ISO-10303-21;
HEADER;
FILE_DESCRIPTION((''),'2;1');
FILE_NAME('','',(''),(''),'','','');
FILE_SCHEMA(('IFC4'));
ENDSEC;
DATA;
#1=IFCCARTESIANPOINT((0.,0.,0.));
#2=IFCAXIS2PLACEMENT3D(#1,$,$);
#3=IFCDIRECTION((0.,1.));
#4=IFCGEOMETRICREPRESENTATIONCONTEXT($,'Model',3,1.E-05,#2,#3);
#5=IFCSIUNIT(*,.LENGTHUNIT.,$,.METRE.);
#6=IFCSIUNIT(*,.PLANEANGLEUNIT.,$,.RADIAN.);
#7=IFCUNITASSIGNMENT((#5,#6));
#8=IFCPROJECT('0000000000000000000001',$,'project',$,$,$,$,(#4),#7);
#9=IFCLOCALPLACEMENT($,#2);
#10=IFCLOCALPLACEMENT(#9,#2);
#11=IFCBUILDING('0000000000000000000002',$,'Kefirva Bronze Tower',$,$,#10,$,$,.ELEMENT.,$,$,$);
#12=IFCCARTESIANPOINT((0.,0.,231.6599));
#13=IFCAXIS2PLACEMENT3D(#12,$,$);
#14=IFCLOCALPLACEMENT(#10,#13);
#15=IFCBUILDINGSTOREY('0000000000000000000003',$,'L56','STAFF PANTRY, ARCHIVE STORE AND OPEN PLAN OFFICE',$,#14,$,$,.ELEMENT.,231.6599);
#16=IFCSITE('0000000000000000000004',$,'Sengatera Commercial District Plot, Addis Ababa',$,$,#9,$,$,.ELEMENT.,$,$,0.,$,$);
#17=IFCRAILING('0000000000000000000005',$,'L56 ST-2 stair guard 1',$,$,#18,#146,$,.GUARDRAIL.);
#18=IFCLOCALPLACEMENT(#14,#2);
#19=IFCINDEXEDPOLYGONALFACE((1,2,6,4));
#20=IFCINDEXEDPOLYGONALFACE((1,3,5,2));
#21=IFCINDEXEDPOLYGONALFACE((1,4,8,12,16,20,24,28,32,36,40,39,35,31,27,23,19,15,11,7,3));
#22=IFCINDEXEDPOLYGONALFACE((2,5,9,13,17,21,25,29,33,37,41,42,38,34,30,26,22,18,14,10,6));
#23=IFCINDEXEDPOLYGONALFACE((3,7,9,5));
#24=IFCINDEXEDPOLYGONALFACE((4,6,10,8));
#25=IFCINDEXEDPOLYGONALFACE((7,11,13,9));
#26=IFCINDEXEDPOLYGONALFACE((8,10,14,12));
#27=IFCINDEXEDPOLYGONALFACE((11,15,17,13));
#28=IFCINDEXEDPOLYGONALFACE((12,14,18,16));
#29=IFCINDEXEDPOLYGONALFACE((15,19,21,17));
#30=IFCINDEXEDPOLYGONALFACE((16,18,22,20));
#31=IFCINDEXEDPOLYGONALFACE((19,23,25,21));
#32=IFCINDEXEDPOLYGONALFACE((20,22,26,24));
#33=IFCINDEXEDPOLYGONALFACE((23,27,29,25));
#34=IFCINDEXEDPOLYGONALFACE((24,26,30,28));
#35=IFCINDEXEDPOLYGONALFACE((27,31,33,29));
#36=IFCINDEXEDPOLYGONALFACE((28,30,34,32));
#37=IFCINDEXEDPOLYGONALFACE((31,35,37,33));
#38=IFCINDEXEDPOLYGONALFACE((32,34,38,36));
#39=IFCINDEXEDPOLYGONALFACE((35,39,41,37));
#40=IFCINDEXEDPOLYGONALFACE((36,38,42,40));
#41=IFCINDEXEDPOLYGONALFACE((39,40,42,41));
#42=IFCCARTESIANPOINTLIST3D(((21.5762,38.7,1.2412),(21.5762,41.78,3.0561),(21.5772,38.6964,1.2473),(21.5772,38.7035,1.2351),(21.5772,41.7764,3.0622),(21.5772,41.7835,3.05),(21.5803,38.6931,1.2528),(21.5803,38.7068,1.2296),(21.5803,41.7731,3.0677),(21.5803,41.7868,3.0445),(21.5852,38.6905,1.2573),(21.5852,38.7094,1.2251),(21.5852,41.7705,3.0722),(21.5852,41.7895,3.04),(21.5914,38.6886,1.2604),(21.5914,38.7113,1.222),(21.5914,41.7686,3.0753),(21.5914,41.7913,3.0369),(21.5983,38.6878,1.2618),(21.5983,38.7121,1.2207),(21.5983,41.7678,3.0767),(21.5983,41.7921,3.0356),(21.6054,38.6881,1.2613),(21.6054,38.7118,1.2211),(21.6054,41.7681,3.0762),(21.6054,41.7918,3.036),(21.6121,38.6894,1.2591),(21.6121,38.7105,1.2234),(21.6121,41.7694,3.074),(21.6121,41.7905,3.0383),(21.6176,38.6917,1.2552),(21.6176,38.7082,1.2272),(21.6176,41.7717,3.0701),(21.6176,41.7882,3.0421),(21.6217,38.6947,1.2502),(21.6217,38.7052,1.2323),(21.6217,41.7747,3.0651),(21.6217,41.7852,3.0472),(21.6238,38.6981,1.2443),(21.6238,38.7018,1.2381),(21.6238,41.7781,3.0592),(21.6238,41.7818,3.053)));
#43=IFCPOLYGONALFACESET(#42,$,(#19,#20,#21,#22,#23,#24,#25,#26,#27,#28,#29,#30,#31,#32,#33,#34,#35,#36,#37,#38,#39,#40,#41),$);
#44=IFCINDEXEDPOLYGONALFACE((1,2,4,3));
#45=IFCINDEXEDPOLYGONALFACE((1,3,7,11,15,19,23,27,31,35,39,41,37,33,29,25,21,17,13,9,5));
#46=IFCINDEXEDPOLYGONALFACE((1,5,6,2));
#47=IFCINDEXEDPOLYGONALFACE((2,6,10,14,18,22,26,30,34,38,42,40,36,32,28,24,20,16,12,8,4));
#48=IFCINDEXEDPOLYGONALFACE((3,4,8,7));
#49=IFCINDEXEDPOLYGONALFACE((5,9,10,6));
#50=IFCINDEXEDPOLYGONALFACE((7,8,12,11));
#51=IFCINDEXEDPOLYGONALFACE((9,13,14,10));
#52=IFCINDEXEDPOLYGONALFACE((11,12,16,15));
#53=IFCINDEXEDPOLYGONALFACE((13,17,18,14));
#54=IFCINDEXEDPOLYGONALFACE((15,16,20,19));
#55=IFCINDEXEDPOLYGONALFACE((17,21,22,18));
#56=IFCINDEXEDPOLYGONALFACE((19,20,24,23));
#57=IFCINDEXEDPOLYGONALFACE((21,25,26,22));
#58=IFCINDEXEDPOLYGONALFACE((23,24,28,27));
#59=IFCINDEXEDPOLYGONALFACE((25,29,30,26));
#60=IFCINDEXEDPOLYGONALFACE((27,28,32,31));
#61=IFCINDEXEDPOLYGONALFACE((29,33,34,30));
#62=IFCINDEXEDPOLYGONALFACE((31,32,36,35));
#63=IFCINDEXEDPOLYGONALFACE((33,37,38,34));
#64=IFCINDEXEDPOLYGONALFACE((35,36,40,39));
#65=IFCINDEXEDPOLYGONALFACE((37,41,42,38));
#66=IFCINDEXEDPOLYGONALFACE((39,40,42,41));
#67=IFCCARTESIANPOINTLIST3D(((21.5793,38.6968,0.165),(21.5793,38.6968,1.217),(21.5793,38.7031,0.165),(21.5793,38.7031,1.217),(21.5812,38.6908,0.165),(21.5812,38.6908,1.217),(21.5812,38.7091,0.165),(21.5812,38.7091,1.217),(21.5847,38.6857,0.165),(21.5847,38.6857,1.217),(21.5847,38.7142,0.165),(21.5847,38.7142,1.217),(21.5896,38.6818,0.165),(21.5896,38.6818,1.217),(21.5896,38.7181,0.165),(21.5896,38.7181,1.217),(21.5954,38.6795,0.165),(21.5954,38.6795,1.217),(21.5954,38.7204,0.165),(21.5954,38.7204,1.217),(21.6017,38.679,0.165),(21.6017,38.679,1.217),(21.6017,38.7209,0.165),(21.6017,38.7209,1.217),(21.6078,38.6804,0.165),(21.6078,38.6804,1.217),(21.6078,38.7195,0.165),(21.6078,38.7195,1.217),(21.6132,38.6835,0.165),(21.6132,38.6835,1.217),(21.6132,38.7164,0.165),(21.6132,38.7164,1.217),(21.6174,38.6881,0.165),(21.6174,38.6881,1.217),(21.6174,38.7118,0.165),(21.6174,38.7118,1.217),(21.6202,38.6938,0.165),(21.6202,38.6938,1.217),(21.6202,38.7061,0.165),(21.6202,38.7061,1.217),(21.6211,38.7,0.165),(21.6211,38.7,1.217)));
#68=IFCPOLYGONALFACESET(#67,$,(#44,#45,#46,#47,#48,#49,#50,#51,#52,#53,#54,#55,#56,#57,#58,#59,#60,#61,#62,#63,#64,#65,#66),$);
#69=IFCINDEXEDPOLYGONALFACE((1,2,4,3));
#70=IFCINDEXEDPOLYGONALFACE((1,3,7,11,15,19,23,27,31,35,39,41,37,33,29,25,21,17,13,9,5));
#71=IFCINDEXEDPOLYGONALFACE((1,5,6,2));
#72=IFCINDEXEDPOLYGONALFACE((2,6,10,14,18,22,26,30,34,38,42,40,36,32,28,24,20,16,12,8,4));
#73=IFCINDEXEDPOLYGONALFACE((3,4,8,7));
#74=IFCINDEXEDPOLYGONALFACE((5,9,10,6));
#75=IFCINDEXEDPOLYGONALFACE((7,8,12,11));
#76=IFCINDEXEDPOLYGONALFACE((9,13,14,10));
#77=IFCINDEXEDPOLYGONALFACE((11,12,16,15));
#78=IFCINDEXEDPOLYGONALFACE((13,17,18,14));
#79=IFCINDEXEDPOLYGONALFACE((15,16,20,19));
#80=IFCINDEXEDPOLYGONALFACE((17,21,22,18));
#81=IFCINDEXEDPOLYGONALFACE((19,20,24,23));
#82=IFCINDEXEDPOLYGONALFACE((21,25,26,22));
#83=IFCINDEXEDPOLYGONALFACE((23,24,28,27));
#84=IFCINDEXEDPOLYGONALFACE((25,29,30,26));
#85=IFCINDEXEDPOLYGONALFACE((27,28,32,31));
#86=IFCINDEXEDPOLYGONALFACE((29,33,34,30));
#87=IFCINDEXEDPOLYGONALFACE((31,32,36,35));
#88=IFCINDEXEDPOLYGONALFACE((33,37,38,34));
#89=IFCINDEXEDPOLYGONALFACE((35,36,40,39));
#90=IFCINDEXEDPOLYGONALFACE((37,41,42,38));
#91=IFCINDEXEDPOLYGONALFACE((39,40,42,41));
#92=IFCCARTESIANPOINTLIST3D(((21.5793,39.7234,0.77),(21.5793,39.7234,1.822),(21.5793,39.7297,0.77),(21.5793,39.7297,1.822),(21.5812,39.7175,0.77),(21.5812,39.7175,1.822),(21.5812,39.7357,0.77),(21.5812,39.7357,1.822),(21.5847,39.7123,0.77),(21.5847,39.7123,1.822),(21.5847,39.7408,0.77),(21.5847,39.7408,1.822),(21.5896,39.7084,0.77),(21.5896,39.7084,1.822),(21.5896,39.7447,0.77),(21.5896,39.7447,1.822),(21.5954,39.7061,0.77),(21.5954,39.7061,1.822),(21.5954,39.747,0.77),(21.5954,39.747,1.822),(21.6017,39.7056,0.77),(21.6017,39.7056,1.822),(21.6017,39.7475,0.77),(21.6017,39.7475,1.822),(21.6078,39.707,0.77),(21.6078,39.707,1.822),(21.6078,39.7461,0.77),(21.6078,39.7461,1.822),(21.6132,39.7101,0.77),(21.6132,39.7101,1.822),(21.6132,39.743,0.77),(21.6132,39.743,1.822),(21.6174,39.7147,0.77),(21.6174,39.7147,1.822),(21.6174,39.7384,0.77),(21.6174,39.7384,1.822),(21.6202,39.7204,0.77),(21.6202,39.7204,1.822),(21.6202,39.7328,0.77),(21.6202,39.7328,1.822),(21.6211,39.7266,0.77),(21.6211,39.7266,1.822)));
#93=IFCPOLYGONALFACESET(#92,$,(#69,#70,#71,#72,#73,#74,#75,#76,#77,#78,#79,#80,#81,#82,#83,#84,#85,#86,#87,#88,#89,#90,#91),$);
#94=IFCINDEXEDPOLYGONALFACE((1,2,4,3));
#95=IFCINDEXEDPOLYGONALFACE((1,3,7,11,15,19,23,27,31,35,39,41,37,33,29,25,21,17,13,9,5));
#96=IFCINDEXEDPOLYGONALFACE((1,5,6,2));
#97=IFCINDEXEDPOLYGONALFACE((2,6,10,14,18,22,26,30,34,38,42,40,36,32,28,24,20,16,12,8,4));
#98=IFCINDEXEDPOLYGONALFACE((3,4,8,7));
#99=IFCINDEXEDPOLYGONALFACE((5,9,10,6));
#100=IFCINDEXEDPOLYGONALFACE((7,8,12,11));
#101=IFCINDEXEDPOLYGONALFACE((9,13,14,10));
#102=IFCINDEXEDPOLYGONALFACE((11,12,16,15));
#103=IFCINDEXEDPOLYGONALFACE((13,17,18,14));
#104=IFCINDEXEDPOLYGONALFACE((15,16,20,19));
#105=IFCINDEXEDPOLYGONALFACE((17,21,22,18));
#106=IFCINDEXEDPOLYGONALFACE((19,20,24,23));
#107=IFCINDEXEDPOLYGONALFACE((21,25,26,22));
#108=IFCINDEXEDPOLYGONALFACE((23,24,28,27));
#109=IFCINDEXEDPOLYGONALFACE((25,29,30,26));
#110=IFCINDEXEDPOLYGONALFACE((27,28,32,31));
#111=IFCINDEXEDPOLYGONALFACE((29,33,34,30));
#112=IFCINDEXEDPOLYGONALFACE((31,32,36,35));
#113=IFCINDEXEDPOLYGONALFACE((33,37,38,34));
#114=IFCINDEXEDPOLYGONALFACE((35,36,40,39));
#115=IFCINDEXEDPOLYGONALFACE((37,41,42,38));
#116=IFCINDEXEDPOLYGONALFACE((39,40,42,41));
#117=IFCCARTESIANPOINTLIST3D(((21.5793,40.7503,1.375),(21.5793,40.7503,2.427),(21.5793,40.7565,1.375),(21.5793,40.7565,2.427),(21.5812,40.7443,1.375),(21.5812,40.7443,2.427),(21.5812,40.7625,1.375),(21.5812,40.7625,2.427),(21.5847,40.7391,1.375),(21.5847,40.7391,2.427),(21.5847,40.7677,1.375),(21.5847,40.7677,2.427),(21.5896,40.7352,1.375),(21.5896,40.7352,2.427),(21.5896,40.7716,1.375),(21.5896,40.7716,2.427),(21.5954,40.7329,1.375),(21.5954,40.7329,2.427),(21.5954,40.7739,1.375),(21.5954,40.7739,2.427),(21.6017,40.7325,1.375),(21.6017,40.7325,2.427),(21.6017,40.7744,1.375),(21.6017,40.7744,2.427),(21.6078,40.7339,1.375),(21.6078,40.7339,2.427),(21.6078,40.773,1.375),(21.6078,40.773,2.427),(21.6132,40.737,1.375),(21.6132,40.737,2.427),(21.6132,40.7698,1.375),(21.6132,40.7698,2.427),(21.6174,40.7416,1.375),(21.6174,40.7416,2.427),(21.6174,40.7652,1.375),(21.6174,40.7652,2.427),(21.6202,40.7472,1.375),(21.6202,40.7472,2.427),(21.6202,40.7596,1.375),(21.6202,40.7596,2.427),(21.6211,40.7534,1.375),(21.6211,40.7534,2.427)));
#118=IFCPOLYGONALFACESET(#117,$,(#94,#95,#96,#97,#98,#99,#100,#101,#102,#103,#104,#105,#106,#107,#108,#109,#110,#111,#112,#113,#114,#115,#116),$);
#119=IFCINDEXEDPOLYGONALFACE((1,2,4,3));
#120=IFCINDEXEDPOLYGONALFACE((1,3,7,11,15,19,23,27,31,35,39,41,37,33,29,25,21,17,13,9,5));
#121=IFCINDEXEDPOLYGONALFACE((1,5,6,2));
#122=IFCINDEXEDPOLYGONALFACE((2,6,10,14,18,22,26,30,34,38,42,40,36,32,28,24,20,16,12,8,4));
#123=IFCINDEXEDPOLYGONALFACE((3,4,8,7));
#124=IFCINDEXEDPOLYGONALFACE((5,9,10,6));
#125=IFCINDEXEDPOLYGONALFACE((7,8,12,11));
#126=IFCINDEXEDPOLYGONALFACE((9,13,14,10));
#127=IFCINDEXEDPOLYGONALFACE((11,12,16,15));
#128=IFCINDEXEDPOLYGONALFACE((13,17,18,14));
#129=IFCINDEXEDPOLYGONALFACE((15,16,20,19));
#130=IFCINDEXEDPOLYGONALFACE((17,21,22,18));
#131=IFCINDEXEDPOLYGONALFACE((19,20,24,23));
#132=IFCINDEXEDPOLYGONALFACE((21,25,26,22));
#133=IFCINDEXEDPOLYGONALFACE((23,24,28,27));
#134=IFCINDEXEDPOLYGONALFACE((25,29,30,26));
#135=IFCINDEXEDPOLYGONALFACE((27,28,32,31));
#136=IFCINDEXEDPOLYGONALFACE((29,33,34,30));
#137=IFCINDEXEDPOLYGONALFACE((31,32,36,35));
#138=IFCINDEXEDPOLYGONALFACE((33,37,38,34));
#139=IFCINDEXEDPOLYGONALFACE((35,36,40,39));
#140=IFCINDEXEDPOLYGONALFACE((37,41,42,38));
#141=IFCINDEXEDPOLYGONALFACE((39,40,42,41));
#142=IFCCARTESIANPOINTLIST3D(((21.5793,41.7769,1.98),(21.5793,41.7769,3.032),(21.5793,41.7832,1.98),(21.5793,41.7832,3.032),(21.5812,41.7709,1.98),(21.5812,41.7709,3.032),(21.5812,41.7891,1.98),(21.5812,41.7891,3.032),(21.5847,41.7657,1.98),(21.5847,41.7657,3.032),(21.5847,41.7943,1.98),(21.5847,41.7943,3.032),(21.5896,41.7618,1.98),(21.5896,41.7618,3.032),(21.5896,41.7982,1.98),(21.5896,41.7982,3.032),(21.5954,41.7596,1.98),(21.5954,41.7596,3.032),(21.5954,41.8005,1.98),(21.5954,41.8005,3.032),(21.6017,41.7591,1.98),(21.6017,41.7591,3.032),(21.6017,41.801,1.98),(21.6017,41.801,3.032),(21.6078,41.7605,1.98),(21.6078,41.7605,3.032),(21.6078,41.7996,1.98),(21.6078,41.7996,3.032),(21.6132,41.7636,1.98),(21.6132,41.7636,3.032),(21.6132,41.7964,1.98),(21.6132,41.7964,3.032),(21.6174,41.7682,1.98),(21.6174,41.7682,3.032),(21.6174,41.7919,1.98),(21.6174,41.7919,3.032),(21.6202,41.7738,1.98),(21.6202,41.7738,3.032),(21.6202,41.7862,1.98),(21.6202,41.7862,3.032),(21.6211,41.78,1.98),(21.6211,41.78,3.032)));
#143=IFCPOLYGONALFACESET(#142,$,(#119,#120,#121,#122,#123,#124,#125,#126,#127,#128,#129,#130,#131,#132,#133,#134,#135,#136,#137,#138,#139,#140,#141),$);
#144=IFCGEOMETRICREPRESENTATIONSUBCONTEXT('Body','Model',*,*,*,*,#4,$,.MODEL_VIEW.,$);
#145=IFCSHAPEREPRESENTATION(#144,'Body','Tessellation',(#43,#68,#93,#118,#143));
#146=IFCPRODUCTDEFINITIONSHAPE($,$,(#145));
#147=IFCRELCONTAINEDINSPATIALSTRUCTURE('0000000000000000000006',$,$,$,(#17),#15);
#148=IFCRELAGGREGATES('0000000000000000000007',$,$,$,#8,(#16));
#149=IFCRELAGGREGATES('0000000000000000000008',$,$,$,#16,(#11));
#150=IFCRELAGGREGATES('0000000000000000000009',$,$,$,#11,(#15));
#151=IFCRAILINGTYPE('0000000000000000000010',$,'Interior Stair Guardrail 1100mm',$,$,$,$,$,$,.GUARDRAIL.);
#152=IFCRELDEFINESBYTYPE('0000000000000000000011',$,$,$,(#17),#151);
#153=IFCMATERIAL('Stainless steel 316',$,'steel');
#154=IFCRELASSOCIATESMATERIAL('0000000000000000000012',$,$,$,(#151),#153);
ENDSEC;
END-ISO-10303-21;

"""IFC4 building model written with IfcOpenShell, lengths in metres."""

from ifc_helpers import new_model, si_unit, direction, frame, origin, origin_2d, place, context, subcontext, project, spatial, circle, extrude, material, type_object, element, save


model = new_model("IFC4")

# Units and contexts
model_context = context("Model", 3, precision=1e-05, world=origin(), true_north=direction((0.0, 1.0)))
body_context = subcontext(model_context, "Body", "Model", "MODEL_VIEW")
ifc_project = project(units=[si_unit("LENGTHUNIT", "METRE"), si_unit("PLANEANGLEUNIT", "RADIAN")], contexts=[model_context])

# Site, building, storey
site_placement = place(None, origin())
site = spatial("IfcSite", under=ifc_project, at=site_placement, Name="Sengatera Commercial District Plot, Addis Ababa", CompositionType="ELEMENT", RefElevation=0.0)
building_placement = place(site_placement, origin())
building = spatial("IfcBuilding", under=site, at=building_placement, Name="Kefirva Bronze Tower", CompositionType="ELEMENT")
storey_placement = place(building_placement, frame((0.0, 0.0, 231.6599)))
storey = spatial("IfcBuildingStorey", under=building, at=storey_placement, Name="L56", Description="STAFF PANTRY, ARCHIVE STORE AND OPEN PLAN OFFICE", CompositionType="ELEMENT", Elevation=231.6599)

# Railing
ifc_material_1 = material(Name="Stainless steel 316", Category="steel")
railing_type_1 = type_object("IfcRailingType", Name="Interior Stair Guardrail 1100mm", PredefinedType="GUARDRAIL", material=ifc_material_1)
railing_1_placement = place(storey_placement, frame((21.6001, 38.7, 0.165)))
element("IfcRailing", 1, at=railing_1_placement, inside=storey, type_object=railing_type_1, Name="L56 ST-2 stair guard 1", PredefinedType="GUARDRAIL", context=body_context, shape_type="SweptSolid", body=[
    extrude(circle(Radius=0.0239, at=origin_2d()), frame((0.0, 0.0, 1.0762), z_axis=(0.0, 0.861551, 0.507671), x_axis=(-1.0, 0.0, 0.0)), (0.0, 0.0, 1.0), 3.575),
    extrude(circle(Radius=0.021, at=origin_2d()), origin(), (0.0, 0.0, 1.0), 1.052),
    extrude(circle(Radius=0.021, at=origin_2d()), frame((0.0, 1.0266, 0.605)), (0.0, 0.0, 1.0), 1.052),
    extrude(circle(Radius=0.021, at=origin_2d()), frame((0.0, 2.0535, 1.21)), (0.0, 0.0, 1.0), 1.052),
    extrude(circle(Radius=0.021, at=origin_2d()), frame((0.0, 3.0801, 1.8149)), (0.0, 0.0, 1.0), 1.052),
])

save(model, "model.ifc")
